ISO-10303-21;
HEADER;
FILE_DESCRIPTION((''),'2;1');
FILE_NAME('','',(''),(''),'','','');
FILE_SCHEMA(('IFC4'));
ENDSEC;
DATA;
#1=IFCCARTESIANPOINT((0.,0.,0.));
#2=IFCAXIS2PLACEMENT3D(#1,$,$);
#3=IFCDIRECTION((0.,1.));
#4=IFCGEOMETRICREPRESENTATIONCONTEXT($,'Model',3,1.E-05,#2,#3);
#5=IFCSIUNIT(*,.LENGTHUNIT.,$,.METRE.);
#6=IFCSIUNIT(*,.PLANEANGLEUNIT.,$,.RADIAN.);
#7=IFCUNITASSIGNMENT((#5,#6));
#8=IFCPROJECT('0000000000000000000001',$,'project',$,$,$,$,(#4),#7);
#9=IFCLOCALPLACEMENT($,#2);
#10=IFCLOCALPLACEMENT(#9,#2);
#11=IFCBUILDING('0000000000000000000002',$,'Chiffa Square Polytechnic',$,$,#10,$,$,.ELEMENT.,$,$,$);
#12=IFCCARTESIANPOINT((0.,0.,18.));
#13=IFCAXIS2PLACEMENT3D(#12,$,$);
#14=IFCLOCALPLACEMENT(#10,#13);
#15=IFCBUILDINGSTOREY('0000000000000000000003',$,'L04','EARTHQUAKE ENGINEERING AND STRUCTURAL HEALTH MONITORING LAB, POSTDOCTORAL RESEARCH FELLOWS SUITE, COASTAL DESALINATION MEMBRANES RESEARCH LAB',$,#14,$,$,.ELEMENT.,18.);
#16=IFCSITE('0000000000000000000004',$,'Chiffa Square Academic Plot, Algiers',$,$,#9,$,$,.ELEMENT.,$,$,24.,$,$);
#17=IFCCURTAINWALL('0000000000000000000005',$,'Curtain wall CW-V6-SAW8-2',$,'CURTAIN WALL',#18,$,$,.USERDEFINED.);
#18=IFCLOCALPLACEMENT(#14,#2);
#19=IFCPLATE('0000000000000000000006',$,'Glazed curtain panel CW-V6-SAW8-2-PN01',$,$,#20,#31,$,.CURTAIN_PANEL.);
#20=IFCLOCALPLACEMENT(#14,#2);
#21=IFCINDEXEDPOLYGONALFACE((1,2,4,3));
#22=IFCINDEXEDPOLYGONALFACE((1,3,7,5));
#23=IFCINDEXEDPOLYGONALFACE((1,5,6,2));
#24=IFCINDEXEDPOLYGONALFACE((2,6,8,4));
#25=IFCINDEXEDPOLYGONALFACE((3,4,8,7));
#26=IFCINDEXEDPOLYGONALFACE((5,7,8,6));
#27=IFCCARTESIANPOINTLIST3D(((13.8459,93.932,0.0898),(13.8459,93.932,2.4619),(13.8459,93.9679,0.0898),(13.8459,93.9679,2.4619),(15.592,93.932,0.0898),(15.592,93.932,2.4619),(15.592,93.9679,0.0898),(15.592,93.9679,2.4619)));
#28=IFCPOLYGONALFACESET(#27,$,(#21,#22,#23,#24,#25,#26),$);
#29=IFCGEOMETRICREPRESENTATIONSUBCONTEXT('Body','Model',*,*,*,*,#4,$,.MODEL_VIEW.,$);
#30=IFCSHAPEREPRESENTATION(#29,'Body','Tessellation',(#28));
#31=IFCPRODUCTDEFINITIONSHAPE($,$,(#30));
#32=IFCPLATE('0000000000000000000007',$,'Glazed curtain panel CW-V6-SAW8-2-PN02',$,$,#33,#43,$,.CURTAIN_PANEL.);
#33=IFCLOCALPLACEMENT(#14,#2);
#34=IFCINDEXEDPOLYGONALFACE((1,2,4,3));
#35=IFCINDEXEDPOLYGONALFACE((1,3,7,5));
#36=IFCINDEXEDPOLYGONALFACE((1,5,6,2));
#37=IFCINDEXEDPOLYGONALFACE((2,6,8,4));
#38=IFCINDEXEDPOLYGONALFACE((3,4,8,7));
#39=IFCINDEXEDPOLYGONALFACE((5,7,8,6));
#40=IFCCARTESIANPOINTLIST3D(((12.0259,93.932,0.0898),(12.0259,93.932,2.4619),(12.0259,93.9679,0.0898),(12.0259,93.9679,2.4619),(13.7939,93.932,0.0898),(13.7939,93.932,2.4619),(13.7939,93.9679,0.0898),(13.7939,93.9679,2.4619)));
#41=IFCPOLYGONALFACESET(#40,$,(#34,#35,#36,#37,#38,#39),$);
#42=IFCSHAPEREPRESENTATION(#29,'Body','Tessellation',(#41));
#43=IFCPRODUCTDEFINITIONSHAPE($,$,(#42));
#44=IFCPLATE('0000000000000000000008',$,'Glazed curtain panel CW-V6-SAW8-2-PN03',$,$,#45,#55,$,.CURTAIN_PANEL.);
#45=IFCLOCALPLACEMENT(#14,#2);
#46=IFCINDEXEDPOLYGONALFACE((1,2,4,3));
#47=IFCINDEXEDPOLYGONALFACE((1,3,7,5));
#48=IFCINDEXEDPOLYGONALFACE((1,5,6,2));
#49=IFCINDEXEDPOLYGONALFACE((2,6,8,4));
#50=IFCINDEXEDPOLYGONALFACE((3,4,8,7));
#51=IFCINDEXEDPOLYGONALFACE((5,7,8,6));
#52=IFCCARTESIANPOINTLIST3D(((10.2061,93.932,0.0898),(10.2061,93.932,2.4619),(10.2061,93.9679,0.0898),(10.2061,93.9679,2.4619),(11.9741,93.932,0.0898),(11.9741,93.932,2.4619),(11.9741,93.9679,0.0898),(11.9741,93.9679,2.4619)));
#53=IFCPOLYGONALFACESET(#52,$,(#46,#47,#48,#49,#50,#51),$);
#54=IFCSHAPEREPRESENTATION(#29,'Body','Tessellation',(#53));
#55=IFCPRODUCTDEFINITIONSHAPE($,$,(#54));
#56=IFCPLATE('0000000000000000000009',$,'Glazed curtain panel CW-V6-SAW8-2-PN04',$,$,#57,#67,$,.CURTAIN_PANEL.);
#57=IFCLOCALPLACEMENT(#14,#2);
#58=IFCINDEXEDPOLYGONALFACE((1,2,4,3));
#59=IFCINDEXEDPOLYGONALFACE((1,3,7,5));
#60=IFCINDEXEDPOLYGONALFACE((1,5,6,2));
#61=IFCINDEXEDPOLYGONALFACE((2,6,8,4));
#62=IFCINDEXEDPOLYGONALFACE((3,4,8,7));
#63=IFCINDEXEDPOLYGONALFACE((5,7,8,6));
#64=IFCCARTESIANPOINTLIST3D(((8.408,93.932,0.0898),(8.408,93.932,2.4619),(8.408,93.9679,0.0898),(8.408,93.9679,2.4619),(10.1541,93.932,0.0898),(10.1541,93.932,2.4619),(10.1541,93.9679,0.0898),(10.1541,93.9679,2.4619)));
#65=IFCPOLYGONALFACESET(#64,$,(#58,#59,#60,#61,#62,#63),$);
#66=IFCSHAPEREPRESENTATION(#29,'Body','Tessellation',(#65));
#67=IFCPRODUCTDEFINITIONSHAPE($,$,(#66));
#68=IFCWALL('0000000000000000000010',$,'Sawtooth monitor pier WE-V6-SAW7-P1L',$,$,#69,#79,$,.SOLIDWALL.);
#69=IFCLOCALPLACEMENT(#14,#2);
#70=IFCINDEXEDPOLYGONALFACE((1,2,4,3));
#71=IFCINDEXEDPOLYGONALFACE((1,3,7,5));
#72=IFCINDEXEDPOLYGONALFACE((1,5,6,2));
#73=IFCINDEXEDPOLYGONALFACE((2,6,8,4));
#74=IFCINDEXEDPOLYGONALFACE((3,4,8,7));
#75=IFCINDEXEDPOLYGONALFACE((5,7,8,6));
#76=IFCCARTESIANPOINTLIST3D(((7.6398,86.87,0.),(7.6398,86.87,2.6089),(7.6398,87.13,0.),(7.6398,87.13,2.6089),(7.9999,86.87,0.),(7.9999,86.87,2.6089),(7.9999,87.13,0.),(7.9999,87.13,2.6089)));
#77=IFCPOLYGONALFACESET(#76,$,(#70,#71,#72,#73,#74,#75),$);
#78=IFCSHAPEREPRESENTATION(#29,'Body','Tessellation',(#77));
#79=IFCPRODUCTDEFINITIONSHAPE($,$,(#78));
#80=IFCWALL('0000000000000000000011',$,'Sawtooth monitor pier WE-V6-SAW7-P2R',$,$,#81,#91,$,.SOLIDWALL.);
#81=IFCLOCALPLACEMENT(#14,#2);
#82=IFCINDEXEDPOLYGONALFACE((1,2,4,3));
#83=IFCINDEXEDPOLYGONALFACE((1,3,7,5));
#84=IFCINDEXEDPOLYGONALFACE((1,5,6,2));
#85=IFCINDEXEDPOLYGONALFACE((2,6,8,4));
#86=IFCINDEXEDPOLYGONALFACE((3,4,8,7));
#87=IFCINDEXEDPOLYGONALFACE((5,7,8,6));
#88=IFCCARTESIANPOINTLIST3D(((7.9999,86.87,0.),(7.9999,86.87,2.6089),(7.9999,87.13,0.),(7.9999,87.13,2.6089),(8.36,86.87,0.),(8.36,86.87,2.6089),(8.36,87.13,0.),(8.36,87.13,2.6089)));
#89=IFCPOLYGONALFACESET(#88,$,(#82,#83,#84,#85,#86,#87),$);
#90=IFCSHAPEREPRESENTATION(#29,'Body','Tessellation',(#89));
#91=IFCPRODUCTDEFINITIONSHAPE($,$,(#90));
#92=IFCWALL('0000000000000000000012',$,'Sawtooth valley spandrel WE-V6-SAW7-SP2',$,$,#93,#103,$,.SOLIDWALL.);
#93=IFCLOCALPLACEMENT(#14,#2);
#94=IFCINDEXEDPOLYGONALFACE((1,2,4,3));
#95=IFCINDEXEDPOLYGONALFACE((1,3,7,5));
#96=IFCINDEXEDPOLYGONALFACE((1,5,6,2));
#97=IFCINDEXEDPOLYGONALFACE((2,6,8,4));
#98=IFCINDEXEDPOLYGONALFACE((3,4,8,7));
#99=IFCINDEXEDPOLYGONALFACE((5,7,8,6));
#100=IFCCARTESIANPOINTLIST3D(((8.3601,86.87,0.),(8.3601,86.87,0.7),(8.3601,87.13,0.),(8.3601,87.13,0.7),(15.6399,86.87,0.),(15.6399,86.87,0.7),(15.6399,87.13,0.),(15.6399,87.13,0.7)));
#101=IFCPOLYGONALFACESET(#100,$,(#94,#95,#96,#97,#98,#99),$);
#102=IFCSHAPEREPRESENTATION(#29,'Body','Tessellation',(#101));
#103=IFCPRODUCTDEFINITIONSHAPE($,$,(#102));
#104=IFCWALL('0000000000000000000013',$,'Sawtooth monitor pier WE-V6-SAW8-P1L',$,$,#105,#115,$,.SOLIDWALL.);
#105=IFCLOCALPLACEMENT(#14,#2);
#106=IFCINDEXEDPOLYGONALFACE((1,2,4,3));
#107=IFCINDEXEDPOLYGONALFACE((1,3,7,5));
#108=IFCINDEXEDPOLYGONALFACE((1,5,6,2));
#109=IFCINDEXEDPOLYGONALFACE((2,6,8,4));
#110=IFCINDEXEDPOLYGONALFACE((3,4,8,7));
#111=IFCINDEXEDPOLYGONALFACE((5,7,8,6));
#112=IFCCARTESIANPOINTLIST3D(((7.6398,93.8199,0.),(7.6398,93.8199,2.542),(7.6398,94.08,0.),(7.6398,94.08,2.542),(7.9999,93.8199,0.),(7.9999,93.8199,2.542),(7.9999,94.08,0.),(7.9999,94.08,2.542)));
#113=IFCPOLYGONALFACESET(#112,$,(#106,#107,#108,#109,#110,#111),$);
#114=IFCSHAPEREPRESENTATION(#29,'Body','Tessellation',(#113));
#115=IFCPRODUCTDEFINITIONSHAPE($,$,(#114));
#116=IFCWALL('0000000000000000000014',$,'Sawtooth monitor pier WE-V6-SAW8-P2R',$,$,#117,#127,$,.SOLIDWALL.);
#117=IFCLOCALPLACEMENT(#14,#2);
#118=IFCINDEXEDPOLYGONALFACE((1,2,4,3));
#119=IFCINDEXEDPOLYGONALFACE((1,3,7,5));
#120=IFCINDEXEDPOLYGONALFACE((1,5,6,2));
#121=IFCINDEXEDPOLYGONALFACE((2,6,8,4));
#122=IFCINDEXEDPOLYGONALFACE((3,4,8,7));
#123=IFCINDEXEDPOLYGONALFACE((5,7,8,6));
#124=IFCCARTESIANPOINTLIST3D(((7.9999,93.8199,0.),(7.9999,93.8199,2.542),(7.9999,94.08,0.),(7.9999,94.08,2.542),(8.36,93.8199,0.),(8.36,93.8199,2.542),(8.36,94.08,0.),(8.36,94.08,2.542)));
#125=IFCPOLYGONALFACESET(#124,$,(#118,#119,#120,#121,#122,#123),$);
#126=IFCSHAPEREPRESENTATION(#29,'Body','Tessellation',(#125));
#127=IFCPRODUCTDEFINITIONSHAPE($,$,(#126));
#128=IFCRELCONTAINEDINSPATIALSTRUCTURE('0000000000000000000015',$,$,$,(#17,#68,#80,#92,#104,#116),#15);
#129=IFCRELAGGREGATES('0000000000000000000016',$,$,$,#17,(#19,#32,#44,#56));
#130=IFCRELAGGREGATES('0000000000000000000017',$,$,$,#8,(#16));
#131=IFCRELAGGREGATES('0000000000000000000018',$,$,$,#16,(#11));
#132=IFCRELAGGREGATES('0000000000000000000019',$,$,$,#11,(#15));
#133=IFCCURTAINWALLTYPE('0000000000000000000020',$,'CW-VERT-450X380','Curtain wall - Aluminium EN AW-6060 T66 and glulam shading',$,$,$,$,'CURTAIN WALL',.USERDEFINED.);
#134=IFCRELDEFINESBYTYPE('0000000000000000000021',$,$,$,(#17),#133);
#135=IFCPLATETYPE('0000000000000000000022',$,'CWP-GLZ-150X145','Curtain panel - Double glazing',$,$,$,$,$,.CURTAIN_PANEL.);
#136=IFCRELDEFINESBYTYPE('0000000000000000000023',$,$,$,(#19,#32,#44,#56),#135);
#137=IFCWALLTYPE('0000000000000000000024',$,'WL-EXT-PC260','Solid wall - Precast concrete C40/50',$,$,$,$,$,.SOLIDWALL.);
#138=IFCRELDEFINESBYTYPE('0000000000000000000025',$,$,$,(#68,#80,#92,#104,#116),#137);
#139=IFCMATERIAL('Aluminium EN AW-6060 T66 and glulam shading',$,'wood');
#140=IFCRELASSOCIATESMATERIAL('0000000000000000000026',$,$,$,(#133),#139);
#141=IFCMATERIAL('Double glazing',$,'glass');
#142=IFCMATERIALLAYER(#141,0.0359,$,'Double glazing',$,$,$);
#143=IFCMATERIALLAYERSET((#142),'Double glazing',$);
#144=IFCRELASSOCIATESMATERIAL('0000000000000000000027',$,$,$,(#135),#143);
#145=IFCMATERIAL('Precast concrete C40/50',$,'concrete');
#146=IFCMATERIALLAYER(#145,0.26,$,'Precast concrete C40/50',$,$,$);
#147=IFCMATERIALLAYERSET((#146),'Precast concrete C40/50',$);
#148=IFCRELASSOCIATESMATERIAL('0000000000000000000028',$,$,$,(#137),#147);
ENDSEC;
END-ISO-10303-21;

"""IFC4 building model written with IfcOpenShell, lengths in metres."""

from ifc_helpers import new_model, si_unit, direction, frame, frame_2d, origin, origin_2d, place, context, subcontext, project, spatial, rectangle, extrude, material, layer, layer_set, type_object, element, aggregate, save


model = new_model("IFC4")

# Units and contexts
model_context = context("Model", 3, precision=1e-05, world=origin(), true_north=direction((0.0, 1.0)))
body_context = subcontext(model_context, "Body", "Model", "MODEL_VIEW")
ifc_project = project(units=[si_unit("LENGTHUNIT", "METRE"), si_unit("PLANEANGLEUNIT", "RADIAN")], contexts=[model_context])

# Site, building, storey
site_placement = place(None, origin())
site = spatial("IfcSite", under=ifc_project, at=site_placement, Name="Chiffa Square Academic Plot, Algiers", CompositionType="ELEMENT", RefElevation=24.0)
building_placement = place(site_placement, origin())
building = spatial("IfcBuilding", under=site, at=building_placement, Name="Chiffa Square Polytechnic", CompositionType="ELEMENT")
storey_placement = place(building_placement, frame((0.0, 0.0, 18.0)))
storey = spatial("IfcBuildingStorey", under=building, at=storey_placement, Name="L04", Description="EARTHQUAKE ENGINEERING AND STRUCTURAL HEALTH MONITORING LAB, POSTDOCTORAL RESEARCH FELLOWS SUITE, COASTAL DESALINATION MEMBRANES RESEARCH LAB", CompositionType="ELEMENT", Elevation=18.0)

# Curtain wall
ifc_material_1 = material(Name="Aluminium EN AW-6060 T66 and glulam shading", Category="wood")
curtain_wall_type_1 = type_object("IfcCurtainWallType", Name="CW-VERT-450X380", Description="Curtain wall - Aluminium EN AW-6060 T66 and glulam shading", ElementType="CURTAIN WALL", PredefinedType="USERDEFINED", material=ifc_material_1)
curtain_wall_1_placement = place(storey_placement, origin())
curtain_wall_1 = element("IfcCurtainWall", 1, at=curtain_wall_1_placement, inside=storey, type_object=curtain_wall_type_1, Name="Curtain wall CW-V6-SAW8-2", ObjectType="CURTAIN WALL", PredefinedType="USERDEFINED")

# Plates
ifc_material_2 = material(Name="Double glazing", Category="glass")
ifc_layer_1 = layer(ifc_material_2, 0.0359, Name="Double glazing")
ifc_layer_set_1 = layer_set([ifc_layer_1], Name="Double glazing")
plate_type = type_object("IfcPlateType", Name="CWP-GLZ-150X145", Description="Curtain panel - Double glazing", PredefinedType="CURTAIN_PANEL", material=ifc_layer_set_1)
plate_1_placement = place(storey_placement, frame((14.719, 93.95, 0.0898), z_axis=(0.0, 0.0, 1.0), x_axis=(-1.0, 0.0, 0.0)))
plate_1 = element("IfcPlate", 2, at=plate_1_placement, type_object=plate_type, Name="Glazed curtain panel CW-V6-SAW8-2-PN01", PredefinedType="CURTAIN_PANEL", context=body_context, shape_type="SweptSolid", body=[
    extrude(rectangle(XDim=1.7461, YDim=0.0359, at=origin_2d()), origin(), (0.0, 0.0, 1.0), 2.3721),
])
plate_2_placement = place(storey_placement, frame((12.9099, 93.95, 0.0898), z_axis=(0.0, 0.0, 1.0), x_axis=(-1.0, 0.0, 0.0)))
plate_2 = element("IfcPlate", 3, at=plate_2_placement, type_object=plate_type, Name="Glazed curtain panel CW-V6-SAW8-2-PN02", PredefinedType="CURTAIN_PANEL", context=body_context, shape_type="SweptSolid", body=[
    extrude(rectangle(XDim=1.7681, YDim=0.0359, at=origin_2d()), origin(), (0.0, 0.0, 1.0), 2.3721),
])
plate_3_placement = place(storey_placement, frame((11.0901, 93.95, 0.0898), z_axis=(0.0, 0.0, 1.0), x_axis=(-1.0, 0.0, 0.0)))
plate_3 = element("IfcPlate", 4, at=plate_3_placement, type_object=plate_type, Name="Glazed curtain panel CW-V6-SAW8-2-PN03", PredefinedType="CURTAIN_PANEL", context=body_context, shape_type="SweptSolid", body=[
    extrude(rectangle(XDim=1.7681, YDim=0.0359, at=origin_2d()), origin(), (0.0, 0.0, 1.0), 2.3721),
])
plate_4_placement = place(storey_placement, frame((9.281, 93.95, 0.0898), z_axis=(0.0, 0.0, 1.0), x_axis=(-1.0, 0.0, 0.0)))
plate_4 = element("IfcPlate", 5, at=plate_4_placement, type_object=plate_type, Name="Glazed curtain panel CW-V6-SAW8-2-PN04", PredefinedType="CURTAIN_PANEL", context=body_context, shape_type="SweptSolid", body=[
    extrude(rectangle(XDim=1.7461, YDim=0.0359, at=origin_2d()), origin(), (0.0, 0.0, 1.0), 2.3721),
])
aggregate(curtain_wall_1, [plate_1, plate_2, plate_3, plate_4])

# Walls
ifc_material_3 = material(Name="Precast concrete C40/50", Category="concrete")
ifc_layer_2 = layer(ifc_material_3, 0.26, Name="Precast concrete C40/50")
ifc_layer_set_2 = layer_set([ifc_layer_2], Name="Precast concrete C40/50")
wall_type = type_object("IfcWallType", Name="WL-EXT-PC260", Description="Solid wall - Precast concrete C40/50", PredefinedType="SOLIDWALL", material=ifc_layer_set_2)
for number, where, z_axis, x_axis, name in (
    (6, (8.0, 87.0, 0.0), (0.0, 0.0, 1.0), (-1.0, 0.0, 0.0), "Sawtooth monitor pier WE-V6-SAW7-P1L"),
    (7, (8.3601, 87.0, 0.0), (0.0, 0.0, 1.0), (-1.0, 0.0, 0.0), "Sawtooth monitor pier WE-V6-SAW7-P2R"),
):
    element("IfcWall", number, at=place(storey_placement, frame(where, z_axis=z_axis, x_axis=x_axis)), inside=storey, type_object=wall_type, Name=name, PredefinedType="SOLIDWALL", context=body_context, shape_type="SweptSolid", body=[
        extrude(rectangle(XDim=0.3601, YDim=0.26, at=frame_2d((0.1802, 0.0))), origin(), (0.0, 0.0, 1.0), 2.6089),
    ])
wall_placement = place(storey_placement, frame((8.3601, 87.0, 0.0), z_axis=(0.0, 0.0, 1.0), x_axis=(1.0, 0.0, 0.0)))
element("IfcWall", 8, at=wall_placement, inside=storey, type_object=wall_type, Name="Sawtooth valley spandrel WE-V6-SAW7-SP2", PredefinedType="SOLIDWALL", context=body_context, shape_type="SweptSolid", body=[
    extrude(rectangle(XDim=7.2798, YDim=0.26, at=frame_2d((3.6399, 0.0))), origin(), (0.0, 0.0, 1.0), 0.7),
])
for number, where, z_axis, x_axis, name in (
    (9, (8.0, 93.95, 0.0), (0.0, 0.0, 1.0), (-1.0, 0.0, 0.0), "Sawtooth monitor pier WE-V6-SAW8-P1L"),
    (10, (8.3601, 93.95, 0.0), (0.0, 0.0, 1.0), (-1.0, 0.0, 0.0), "Sawtooth monitor pier WE-V6-SAW8-P2R"),
):
    element("IfcWall", number, at=place(storey_placement, frame(where, z_axis=z_axis, x_axis=x_axis)), inside=storey, type_object=wall_type, Name=name, PredefinedType="SOLIDWALL", context=body_context, shape_type="SweptSolid", body=[
        extrude(rectangle(XDim=0.3601, YDim=0.26, at=frame_2d((0.1802, 0.0))), origin(), (0.0, 0.0, 1.0), 2.542),
    ])

save(model, "model.ifc")
